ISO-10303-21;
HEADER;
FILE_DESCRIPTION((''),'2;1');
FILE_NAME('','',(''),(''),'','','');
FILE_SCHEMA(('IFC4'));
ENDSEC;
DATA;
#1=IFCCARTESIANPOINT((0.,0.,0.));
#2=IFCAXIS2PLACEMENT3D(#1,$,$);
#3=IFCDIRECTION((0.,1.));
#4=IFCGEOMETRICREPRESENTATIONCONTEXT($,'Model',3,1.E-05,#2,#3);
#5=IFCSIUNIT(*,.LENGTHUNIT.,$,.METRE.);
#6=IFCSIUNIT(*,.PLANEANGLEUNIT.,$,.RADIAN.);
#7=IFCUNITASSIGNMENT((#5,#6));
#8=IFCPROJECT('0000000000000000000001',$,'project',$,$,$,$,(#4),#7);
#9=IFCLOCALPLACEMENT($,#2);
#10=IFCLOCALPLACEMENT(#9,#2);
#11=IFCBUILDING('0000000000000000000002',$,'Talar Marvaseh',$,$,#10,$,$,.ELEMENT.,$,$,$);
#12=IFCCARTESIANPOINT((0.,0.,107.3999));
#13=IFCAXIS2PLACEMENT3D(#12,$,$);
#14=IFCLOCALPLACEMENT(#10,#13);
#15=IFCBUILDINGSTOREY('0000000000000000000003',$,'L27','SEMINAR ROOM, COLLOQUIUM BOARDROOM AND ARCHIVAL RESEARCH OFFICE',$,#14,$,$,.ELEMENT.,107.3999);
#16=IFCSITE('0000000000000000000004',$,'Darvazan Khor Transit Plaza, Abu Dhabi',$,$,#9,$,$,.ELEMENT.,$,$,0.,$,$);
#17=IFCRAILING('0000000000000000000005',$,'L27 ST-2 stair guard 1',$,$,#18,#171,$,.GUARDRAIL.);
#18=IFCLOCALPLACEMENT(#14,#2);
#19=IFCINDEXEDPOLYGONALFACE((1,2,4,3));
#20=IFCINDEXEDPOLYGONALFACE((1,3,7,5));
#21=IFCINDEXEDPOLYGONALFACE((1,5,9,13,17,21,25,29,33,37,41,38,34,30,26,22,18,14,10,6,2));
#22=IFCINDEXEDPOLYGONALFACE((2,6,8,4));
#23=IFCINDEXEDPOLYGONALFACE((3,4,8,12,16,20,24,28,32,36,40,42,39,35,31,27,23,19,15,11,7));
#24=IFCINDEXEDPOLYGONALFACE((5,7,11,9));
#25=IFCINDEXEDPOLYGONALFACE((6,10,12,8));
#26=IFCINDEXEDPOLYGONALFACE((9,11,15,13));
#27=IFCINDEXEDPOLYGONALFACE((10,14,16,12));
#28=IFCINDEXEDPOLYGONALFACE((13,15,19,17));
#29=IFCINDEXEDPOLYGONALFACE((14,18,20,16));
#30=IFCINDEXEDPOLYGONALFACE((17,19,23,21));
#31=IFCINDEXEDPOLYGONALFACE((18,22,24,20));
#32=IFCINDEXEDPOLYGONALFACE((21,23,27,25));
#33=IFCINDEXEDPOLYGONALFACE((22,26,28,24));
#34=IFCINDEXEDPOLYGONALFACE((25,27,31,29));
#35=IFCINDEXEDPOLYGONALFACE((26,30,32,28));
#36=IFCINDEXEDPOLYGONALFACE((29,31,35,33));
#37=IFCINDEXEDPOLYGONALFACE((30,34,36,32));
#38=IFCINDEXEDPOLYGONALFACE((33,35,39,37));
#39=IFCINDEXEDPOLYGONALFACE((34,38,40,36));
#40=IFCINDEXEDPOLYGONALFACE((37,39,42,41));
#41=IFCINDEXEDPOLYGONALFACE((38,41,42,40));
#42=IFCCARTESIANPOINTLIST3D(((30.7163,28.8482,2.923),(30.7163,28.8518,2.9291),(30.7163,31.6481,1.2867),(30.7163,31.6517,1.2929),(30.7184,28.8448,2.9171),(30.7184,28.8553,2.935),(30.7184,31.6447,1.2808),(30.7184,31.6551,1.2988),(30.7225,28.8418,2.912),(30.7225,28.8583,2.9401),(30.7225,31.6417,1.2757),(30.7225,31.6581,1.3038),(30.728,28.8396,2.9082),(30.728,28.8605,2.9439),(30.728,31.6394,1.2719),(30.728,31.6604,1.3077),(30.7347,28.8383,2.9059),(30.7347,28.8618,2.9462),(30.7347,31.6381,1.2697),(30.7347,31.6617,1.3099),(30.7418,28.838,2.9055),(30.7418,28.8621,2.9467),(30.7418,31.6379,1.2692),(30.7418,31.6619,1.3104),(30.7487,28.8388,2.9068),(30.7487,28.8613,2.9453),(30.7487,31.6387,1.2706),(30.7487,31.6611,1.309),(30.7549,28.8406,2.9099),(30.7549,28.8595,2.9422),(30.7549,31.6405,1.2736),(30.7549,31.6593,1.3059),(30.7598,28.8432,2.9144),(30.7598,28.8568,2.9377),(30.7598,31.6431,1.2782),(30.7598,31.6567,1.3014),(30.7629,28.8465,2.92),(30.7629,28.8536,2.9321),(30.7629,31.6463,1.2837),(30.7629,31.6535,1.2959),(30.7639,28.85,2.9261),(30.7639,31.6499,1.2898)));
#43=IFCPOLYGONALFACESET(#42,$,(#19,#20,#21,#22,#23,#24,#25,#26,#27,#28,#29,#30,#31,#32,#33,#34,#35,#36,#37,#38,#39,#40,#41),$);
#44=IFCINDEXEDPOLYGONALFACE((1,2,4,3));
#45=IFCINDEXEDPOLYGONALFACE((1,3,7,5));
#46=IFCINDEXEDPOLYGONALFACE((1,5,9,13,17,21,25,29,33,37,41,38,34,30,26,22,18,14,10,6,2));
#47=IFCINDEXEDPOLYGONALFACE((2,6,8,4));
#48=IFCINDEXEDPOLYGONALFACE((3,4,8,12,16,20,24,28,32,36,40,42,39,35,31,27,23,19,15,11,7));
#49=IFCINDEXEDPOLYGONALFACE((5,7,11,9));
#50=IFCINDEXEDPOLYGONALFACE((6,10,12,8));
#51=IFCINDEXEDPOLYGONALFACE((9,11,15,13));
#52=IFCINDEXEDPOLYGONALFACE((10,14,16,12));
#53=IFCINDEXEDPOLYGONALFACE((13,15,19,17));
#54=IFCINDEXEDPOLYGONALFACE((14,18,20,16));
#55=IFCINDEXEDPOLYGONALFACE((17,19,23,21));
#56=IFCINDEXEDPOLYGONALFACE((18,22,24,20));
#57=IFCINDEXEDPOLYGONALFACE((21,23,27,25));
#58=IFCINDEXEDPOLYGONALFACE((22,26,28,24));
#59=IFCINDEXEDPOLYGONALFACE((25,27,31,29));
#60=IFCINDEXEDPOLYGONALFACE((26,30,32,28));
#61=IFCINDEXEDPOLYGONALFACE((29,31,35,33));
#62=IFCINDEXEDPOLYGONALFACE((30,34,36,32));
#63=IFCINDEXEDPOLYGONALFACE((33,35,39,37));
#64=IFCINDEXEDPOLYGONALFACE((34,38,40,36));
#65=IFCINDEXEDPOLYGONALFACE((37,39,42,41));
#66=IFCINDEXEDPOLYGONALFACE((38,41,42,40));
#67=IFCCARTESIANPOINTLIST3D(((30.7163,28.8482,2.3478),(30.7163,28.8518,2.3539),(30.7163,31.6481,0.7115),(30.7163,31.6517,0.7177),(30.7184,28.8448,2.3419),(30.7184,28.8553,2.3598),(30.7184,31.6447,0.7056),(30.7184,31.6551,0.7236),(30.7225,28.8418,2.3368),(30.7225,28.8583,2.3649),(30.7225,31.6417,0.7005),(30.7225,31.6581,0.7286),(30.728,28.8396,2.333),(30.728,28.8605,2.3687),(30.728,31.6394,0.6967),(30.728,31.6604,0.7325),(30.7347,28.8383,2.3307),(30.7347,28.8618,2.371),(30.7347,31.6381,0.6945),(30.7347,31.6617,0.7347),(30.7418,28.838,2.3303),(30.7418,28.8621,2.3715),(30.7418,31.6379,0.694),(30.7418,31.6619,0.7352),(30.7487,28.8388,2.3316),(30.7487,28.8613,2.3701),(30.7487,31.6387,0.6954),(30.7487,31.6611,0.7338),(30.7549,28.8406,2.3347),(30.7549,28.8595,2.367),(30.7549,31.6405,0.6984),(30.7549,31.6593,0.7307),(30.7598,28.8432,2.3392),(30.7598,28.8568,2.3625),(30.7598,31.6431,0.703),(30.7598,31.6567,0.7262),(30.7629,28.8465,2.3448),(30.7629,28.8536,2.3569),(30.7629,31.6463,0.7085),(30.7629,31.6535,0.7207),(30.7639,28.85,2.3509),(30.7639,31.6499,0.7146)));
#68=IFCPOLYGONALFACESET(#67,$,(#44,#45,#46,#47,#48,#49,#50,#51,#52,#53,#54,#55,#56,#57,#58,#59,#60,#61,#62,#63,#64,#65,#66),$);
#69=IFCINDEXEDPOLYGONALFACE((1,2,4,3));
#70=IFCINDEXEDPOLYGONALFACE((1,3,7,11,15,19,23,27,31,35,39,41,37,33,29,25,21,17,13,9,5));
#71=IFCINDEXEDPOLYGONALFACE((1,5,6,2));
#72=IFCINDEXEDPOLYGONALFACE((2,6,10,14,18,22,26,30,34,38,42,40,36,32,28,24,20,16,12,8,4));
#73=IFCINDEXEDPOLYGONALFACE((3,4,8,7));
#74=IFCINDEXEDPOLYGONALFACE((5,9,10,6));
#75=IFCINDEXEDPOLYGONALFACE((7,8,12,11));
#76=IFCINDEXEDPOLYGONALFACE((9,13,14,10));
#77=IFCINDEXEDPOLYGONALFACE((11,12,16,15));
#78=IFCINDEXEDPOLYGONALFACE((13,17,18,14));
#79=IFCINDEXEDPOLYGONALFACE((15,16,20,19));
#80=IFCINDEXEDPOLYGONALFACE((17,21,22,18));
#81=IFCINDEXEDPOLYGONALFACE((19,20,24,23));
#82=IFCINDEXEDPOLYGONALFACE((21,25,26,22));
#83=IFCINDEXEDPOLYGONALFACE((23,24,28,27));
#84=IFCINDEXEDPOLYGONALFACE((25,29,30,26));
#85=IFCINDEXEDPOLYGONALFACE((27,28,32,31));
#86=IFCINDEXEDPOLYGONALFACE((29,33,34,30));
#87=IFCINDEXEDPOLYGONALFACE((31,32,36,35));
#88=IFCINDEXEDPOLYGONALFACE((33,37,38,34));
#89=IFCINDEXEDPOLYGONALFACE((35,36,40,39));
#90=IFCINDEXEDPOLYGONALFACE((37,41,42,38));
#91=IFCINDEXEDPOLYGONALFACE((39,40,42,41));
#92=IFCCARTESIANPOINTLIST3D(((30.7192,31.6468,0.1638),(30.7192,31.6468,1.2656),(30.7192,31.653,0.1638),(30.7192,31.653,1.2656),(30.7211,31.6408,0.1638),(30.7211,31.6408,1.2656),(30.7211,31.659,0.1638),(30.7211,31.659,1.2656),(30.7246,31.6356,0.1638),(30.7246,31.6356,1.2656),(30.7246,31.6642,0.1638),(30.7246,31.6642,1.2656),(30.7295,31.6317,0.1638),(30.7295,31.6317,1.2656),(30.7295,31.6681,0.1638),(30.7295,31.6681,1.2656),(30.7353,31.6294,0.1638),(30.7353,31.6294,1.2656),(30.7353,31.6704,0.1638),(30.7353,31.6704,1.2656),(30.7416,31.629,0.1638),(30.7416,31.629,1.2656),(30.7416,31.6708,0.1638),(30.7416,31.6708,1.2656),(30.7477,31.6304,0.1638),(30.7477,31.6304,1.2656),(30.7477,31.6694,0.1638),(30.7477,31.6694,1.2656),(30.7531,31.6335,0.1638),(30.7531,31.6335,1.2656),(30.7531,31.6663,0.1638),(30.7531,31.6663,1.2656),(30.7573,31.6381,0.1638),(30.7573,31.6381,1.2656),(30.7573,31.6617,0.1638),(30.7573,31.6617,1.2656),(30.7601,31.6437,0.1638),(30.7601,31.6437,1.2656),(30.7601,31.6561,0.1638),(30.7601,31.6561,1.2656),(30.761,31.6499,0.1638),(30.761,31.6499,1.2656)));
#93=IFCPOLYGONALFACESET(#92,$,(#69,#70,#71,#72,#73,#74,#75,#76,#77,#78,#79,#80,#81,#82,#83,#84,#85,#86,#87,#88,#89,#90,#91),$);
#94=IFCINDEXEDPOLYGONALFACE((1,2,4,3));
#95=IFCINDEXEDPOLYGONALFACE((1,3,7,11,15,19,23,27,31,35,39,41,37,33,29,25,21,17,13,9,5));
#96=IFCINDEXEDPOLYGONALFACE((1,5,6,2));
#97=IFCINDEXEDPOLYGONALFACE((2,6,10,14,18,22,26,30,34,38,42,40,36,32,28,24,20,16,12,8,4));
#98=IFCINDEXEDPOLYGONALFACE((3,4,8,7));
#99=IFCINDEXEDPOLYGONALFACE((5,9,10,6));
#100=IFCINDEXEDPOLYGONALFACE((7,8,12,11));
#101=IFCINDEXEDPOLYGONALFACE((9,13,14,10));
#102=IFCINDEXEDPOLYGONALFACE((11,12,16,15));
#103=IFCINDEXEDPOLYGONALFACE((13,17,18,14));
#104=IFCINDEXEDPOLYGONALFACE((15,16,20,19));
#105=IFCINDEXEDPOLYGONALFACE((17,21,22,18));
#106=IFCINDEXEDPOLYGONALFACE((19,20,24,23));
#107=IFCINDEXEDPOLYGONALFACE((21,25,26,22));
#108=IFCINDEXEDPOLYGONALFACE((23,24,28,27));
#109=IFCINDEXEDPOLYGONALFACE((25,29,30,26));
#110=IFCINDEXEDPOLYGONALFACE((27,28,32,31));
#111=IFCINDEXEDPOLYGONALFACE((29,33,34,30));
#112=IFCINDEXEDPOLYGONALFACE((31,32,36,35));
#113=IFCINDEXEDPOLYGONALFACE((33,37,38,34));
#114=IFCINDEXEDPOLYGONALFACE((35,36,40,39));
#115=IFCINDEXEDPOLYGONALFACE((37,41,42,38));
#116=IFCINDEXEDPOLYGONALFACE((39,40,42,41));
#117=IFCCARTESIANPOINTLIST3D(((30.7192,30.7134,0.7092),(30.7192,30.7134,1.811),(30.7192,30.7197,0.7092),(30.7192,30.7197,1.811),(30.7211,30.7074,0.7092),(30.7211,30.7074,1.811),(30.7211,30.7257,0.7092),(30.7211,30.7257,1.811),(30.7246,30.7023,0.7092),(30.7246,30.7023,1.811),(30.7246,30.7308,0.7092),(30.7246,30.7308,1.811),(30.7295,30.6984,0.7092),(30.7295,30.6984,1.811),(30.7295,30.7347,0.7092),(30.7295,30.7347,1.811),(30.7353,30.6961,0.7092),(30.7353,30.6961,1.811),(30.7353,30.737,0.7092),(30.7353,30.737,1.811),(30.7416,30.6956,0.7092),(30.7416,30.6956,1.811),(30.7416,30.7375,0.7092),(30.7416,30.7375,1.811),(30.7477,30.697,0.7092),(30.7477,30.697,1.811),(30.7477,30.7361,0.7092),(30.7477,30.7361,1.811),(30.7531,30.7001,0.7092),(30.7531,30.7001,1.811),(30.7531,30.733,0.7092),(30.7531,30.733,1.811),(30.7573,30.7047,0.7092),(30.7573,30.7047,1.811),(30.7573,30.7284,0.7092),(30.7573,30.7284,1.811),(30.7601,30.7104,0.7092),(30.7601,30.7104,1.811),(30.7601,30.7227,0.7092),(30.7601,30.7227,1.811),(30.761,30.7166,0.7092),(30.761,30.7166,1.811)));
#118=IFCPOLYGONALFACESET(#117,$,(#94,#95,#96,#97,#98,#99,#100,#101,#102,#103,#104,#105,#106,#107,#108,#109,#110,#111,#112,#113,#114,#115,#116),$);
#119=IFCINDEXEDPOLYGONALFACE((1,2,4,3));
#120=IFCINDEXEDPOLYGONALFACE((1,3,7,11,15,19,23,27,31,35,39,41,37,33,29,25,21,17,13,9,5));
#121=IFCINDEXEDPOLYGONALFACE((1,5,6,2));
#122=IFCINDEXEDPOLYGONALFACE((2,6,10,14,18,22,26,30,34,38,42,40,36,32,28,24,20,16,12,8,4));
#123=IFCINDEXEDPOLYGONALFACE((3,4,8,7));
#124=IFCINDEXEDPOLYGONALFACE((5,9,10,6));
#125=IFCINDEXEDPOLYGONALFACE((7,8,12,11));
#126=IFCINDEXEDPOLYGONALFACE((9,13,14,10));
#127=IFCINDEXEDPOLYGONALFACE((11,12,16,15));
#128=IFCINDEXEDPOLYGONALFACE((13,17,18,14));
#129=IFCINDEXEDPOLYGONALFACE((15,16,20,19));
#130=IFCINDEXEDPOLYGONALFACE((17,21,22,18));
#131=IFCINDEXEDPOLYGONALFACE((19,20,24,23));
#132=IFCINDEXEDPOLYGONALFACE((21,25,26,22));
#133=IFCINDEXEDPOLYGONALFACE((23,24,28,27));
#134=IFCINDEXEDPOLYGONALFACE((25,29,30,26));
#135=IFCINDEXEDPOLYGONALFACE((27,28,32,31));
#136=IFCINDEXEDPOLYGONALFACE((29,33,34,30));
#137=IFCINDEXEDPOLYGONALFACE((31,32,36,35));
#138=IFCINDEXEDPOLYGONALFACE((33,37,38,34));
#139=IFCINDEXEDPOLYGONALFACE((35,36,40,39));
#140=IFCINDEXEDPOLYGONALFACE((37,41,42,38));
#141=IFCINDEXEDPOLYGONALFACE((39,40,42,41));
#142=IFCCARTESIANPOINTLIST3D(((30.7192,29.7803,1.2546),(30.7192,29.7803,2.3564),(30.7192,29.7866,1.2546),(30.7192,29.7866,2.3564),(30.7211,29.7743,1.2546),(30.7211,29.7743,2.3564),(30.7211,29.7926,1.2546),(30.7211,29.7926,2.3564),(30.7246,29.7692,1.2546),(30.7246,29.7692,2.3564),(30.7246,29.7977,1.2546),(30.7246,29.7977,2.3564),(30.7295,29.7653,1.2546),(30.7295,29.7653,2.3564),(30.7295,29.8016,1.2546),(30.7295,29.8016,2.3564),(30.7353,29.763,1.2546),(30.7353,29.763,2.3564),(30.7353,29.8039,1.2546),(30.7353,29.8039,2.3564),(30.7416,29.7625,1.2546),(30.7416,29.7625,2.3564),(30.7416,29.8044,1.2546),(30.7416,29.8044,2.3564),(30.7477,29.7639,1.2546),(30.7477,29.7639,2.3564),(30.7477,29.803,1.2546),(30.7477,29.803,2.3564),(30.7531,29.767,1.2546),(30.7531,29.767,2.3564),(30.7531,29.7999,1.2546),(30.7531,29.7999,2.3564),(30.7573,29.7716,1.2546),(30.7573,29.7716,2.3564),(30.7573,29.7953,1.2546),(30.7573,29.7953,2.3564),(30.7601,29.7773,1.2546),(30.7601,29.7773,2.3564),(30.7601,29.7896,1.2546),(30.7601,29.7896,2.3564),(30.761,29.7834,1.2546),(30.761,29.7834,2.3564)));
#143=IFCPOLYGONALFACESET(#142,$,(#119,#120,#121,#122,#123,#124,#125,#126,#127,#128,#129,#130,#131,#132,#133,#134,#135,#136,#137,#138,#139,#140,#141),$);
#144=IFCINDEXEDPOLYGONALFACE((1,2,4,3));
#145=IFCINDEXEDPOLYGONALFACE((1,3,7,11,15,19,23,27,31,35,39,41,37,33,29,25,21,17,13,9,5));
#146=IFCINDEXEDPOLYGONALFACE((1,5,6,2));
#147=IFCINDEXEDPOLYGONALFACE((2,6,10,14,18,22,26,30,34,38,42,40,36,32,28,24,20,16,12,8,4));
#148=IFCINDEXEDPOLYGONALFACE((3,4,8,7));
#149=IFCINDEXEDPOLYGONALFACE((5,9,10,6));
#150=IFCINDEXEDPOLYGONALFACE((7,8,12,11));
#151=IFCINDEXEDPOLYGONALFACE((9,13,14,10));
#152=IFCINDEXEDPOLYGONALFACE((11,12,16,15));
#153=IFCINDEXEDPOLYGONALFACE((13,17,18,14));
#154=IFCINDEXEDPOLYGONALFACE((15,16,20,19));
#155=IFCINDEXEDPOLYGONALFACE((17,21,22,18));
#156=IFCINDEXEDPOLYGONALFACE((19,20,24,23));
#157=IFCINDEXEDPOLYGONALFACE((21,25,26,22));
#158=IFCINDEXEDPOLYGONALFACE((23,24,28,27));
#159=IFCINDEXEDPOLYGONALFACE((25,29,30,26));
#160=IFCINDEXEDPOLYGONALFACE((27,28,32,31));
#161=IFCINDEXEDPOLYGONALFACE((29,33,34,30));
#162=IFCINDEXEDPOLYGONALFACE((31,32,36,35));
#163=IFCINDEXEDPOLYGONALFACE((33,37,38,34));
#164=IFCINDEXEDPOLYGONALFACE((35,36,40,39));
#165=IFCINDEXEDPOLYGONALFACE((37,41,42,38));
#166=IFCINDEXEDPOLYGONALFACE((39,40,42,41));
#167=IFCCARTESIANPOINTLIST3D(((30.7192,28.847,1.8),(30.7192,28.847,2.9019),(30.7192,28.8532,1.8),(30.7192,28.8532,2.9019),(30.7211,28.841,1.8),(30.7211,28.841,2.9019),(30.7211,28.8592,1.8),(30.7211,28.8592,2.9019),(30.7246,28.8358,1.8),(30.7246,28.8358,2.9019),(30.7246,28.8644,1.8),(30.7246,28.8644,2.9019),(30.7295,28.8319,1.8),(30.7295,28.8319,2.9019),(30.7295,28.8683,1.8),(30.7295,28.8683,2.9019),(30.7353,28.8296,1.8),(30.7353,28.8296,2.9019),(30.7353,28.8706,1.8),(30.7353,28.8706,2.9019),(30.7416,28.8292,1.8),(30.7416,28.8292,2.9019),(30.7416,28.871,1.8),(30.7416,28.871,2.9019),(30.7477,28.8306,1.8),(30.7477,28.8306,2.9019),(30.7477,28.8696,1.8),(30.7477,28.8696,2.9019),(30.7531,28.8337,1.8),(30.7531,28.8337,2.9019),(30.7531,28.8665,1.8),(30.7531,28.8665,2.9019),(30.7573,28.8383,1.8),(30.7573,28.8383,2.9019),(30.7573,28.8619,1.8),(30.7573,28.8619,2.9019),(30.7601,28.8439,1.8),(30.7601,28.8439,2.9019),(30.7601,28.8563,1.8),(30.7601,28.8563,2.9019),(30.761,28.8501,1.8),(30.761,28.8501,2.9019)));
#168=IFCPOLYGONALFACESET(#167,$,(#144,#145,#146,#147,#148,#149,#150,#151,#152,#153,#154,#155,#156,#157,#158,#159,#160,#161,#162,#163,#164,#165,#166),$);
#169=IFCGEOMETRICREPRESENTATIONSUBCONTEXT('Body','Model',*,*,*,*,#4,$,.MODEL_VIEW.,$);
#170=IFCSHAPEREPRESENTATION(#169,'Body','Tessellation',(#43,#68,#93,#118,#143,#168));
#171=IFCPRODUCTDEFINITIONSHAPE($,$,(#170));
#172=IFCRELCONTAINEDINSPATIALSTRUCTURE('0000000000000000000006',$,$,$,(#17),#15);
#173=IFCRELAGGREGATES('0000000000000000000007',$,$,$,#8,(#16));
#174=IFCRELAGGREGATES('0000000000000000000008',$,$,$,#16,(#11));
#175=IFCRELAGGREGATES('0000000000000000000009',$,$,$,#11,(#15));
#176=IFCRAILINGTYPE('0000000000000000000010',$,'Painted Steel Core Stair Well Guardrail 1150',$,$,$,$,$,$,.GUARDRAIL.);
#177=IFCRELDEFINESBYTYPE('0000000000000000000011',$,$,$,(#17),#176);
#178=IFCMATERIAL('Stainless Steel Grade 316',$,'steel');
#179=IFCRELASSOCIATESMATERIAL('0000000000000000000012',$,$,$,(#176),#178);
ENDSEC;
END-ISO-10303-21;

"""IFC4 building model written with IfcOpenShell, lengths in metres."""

from ifc_helpers import new_model, si_unit, direction, frame, origin, origin_2d, place, context, subcontext, project, spatial, circle, extrude, material, type_object, element, save


model = new_model("IFC4")

# Units and contexts
model_context = context("Model", 3, precision=1e-05, world=origin(), true_north=direction((0.0, 1.0)))
body_context = subcontext(model_context, "Body", "Model", "MODEL_VIEW")
ifc_project = project(units=[si_unit("LENGTHUNIT", "METRE"), si_unit("PLANEANGLEUNIT", "RADIAN")], contexts=[model_context])

# Site, building, storey
site_placement = place(None, origin())
site = spatial("IfcSite", under=ifc_project, at=site_placement, Name="Darvazan Khor Transit Plaza, Abu Dhabi", CompositionType="ELEMENT", RefElevation=0.0)
building_placement = place(site_placement, origin())
building = spatial("IfcBuilding", under=site, at=building_placement, Name="Talar Marvaseh", CompositionType="ELEMENT")
storey_placement = place(building_placement, frame((0.0, 0.0, 107.3999)))
storey = spatial("IfcBuildingStorey", under=building, at=storey_placement, Name="L27", Description="SEMINAR ROOM, COLLOQUIUM BOARDROOM AND ARCHIVAL RESEARCH OFFICE", CompositionType="ELEMENT", Elevation=107.3999)

# Shared definitions
ifc_material_1 = material(Name="Stainless Steel Grade 316", Category="steel")

# Railing
railing_type_1 = type_object("IfcRailingType", Name="Painted Steel Core Stair Well Guardrail 1150", PredefinedType="GUARDRAIL", material=ifc_material_1)
railing_1_placement = place(storey_placement, frame((30.74, 31.6499, 0.1638)))
element("IfcRailing", 1, at=railing_1_placement, inside=storey, type_object=railing_type_1, Name="L27 ST-2 stair guard 1", PredefinedType="GUARDRAIL", context=body_context, shape_type="SweptSolid", body=[
    extrude(circle(Radius=0.0239, at=origin_2d()), frame((0.0, 0.0, 1.126), z_axis=(0.0, -0.863374, 0.504564), x_axis=(1.0, 0.0, 0.0)), (0.0, 0.0, 1.0), 3.2429),
    extrude(circle(Radius=0.0239, at=origin_2d()), frame((0.0, 0.0, 0.5508), z_axis=(0.0, -0.863374, 0.504564), x_axis=(1.0, 0.0, 0.0)), (0.0, 0.0, 1.0), 3.2429),
    extrude(circle(Radius=0.021, at=origin_2d()), origin(), (0.0, 0.0, 1.0), 1.1018),
    extrude(circle(Radius=0.021, at=origin_2d()), frame((0.0, -0.9333, 0.5454)), (0.0, 0.0, 1.0), 1.1018),
    extrude(circle(Radius=0.021, at=origin_2d()), frame((0.0, -1.8665, 1.0908)), (0.0, 0.0, 1.0), 1.1018),
    extrude(circle(Radius=0.021, at=origin_2d()), frame((0.0, -2.7998, 1.6362)), (0.0, 0.0, 1.0), 1.1018),
])

save(model, "model.ifc")
